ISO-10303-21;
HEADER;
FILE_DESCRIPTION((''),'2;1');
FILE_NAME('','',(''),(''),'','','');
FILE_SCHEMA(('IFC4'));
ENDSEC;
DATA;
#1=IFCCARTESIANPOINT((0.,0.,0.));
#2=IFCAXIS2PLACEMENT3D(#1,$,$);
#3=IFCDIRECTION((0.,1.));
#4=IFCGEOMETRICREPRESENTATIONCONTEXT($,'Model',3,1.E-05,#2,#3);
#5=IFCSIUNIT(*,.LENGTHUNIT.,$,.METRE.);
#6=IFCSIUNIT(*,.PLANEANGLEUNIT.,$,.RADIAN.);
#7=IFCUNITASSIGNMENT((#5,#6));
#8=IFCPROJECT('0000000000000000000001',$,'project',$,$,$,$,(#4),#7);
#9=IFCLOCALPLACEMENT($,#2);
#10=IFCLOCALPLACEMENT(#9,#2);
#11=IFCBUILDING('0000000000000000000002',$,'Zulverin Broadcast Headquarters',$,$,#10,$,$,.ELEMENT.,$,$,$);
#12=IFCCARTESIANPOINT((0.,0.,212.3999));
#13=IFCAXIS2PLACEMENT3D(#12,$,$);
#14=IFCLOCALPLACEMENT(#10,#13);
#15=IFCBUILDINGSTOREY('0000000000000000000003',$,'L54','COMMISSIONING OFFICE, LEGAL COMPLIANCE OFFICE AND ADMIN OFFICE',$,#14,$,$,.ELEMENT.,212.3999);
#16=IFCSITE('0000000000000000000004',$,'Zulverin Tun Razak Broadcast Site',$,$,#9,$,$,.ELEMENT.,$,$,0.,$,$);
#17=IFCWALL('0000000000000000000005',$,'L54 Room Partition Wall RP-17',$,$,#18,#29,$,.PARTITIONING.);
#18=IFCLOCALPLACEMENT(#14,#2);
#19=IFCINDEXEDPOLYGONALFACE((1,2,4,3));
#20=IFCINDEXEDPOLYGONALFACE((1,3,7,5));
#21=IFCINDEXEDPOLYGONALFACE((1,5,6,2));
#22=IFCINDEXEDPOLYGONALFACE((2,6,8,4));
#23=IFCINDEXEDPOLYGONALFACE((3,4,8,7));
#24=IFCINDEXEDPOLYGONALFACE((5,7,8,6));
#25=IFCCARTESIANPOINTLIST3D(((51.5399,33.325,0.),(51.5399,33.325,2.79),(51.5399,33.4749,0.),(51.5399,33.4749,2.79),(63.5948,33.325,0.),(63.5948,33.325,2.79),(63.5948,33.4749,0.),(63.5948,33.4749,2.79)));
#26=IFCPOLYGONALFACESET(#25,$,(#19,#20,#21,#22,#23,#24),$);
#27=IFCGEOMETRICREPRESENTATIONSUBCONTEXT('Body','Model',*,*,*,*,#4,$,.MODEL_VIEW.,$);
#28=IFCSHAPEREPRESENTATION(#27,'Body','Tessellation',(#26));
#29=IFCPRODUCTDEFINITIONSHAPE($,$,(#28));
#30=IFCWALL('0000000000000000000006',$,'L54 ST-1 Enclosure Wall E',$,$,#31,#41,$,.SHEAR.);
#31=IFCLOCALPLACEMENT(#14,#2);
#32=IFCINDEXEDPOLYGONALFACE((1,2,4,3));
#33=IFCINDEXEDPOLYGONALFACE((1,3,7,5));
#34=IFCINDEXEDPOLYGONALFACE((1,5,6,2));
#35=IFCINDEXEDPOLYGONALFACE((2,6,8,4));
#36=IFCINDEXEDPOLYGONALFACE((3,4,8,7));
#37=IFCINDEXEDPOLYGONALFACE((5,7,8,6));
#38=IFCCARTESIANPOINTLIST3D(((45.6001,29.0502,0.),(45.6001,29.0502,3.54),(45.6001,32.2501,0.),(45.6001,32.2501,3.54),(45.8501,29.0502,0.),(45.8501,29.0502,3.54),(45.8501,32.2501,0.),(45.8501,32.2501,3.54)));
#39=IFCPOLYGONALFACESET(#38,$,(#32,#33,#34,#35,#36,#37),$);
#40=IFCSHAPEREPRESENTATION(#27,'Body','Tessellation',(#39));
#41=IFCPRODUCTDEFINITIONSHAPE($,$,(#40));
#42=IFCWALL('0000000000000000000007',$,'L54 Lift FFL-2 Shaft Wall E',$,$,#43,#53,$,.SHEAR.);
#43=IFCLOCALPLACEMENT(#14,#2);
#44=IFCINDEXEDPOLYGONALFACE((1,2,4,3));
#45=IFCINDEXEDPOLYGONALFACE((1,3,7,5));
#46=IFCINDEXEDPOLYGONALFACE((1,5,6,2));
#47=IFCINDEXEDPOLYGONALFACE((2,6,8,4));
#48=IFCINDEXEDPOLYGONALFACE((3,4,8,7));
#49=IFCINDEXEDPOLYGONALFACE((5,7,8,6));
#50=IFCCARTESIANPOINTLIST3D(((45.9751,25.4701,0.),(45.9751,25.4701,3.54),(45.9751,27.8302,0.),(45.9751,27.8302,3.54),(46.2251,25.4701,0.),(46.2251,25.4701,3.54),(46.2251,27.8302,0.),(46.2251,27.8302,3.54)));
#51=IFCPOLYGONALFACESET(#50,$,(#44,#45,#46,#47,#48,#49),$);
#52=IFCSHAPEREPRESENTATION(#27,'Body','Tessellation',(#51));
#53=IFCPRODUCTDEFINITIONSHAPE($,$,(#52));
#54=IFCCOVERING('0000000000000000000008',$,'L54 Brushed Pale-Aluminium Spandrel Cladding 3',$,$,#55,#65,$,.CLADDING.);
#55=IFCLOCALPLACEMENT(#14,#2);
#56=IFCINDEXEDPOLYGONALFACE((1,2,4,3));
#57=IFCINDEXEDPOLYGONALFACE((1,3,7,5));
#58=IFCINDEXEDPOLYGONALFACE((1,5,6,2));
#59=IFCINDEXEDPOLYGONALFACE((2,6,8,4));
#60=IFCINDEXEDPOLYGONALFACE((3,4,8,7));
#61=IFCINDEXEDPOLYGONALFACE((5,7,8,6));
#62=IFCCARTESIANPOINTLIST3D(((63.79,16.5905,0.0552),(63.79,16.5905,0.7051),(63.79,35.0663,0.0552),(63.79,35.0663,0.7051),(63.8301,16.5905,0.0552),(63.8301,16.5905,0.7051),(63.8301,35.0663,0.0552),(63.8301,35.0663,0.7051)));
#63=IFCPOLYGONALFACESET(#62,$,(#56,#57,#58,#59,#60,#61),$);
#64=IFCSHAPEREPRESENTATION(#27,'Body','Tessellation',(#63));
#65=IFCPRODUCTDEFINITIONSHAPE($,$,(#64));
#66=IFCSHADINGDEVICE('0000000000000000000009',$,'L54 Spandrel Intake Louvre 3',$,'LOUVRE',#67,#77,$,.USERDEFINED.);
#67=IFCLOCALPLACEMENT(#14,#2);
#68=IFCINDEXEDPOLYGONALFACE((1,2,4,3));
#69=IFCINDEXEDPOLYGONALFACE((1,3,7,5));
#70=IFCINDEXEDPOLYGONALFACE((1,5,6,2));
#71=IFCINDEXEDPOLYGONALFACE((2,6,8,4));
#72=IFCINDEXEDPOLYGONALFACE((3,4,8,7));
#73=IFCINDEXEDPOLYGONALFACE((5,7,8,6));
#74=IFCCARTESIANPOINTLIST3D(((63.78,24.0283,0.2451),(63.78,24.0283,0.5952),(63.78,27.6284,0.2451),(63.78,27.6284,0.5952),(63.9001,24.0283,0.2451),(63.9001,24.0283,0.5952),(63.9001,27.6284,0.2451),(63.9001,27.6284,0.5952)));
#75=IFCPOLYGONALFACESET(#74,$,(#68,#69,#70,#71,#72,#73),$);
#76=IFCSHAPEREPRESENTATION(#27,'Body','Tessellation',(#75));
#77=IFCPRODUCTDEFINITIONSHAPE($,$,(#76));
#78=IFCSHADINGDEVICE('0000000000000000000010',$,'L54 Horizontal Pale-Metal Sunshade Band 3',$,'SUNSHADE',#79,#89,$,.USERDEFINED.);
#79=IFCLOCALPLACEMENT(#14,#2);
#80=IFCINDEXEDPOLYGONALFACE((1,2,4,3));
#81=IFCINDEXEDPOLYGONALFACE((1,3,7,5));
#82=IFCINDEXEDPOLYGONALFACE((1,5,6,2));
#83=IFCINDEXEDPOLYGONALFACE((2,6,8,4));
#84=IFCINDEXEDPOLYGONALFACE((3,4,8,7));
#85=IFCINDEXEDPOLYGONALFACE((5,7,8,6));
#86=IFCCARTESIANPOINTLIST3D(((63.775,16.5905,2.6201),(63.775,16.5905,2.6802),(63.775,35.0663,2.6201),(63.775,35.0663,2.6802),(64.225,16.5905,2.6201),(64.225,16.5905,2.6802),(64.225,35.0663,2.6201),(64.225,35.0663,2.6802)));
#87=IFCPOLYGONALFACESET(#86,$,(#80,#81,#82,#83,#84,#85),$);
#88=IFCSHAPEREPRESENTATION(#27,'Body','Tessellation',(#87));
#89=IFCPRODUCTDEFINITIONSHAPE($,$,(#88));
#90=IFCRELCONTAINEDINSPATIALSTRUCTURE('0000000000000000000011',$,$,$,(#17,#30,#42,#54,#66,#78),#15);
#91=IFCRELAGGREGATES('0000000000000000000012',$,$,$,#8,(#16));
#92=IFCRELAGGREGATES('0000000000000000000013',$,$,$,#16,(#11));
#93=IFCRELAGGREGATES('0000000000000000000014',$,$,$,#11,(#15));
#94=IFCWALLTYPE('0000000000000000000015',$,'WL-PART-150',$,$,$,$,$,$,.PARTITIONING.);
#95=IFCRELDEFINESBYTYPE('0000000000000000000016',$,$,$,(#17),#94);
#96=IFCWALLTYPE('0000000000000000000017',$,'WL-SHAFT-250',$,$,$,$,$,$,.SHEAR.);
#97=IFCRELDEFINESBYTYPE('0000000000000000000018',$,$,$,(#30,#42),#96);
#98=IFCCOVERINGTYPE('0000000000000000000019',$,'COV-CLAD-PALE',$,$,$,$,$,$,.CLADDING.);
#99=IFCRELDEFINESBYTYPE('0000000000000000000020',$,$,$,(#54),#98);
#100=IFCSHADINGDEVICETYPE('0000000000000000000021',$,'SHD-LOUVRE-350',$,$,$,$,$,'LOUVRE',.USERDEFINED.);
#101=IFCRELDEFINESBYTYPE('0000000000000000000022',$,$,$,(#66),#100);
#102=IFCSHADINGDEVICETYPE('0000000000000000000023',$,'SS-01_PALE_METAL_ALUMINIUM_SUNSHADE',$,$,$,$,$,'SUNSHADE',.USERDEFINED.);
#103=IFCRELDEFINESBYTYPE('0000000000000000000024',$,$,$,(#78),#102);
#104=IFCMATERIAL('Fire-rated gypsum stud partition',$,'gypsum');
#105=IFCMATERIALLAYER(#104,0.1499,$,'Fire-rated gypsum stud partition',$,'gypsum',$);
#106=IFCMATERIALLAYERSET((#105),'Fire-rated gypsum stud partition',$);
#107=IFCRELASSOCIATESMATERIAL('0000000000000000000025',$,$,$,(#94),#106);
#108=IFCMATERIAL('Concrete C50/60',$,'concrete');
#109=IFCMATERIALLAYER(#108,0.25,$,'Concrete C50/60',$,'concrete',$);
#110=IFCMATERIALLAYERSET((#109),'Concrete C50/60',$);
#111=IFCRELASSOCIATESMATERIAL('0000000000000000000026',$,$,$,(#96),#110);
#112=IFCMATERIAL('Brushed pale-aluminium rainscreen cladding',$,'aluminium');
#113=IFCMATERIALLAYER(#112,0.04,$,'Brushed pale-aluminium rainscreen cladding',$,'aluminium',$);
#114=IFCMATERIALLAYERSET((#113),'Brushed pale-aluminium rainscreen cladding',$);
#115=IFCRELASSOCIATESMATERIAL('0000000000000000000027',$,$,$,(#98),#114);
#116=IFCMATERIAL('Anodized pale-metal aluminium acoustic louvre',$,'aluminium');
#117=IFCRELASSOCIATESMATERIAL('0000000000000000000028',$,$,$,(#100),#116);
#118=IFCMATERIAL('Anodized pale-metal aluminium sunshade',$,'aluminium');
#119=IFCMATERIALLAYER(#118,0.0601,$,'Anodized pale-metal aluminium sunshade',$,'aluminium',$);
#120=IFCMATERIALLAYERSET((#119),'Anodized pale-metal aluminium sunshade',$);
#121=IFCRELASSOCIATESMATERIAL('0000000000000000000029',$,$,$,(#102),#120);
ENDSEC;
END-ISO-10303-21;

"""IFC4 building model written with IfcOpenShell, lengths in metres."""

from ifc_helpers import new_model, si_unit, direction, frame, frame_2d, origin, origin_2d, place, context, subcontext, project, spatial, rectangle, extrude, material, layer, layer_set, type_object, element, save


model = new_model("IFC4")

# Units and contexts
model_context = context("Model", 3, precision=1e-05, world=origin(), true_north=direction((0.0, 1.0)))
body_context = subcontext(model_context, "Body", "Model", "MODEL_VIEW")
ifc_project = project(units=[si_unit("LENGTHUNIT", "METRE"), si_unit("PLANEANGLEUNIT", "RADIAN")], contexts=[model_context])

# Site, building, storey
site_placement = place(None, origin())
site = spatial("IfcSite", under=ifc_project, at=site_placement, Name="Zulverin Tun Razak Broadcast Site", CompositionType="ELEMENT", RefElevation=0.0)
building_placement = place(site_placement, origin())
building = spatial("IfcBuilding", under=site, at=building_placement, Name="Zulverin Broadcast Headquarters", CompositionType="ELEMENT")
storey_placement = place(building_placement, frame((0.0, 0.0, 212.3999)))
storey = spatial("IfcBuildingStorey", under=building, at=storey_placement, Name="L54", Description="COMMISSIONING OFFICE, LEGAL COMPLIANCE OFFICE AND ADMIN OFFICE", CompositionType="ELEMENT", Elevation=212.3999)

# Shared definitions
ifc_material_1 = material(Name="Concrete C50/60", Category="concrete")

# Shared definitions
ifc_material_2 = material(Name="Fire-rated gypsum stud partition", Category="gypsum")
ifc_layer_1 = layer(ifc_material_2, 0.1499, Name="Fire-rated gypsum stud partition", Category="gypsum")
ifc_layer_set_1 = layer_set([ifc_layer_1], Name="Fire-rated gypsum stud partition")
wall_type_1 = type_object("IfcWallType", Name="WL-PART-150", PredefinedType="PARTITIONING", material=ifc_layer_set_1)

# Walls
wall_1_placement = place(storey_placement, frame((51.54, 33.3999, 0.0), z_axis=(0.0, 0.0, 1.0), x_axis=(1.0, 0.0, 0.0)))
element("IfcWall", 1, at=wall_1_placement, inside=storey, type_object=wall_type_1, Name="L54 Room Partition Wall RP-17", PredefinedType="PARTITIONING", context=body_context, shape_type="SweptSolid", body=[
    extrude(rectangle(XDim=12.0549, YDim=0.1499, at=frame_2d((6.0273, 0.0))), origin(), (0.0, 0.0, 1.0), 2.79),
])
ifc_layer_2 = layer(ifc_material_1, 0.25, Name="Concrete C50/60", Category="concrete")
ifc_layer_set_2 = layer_set([ifc_layer_2], Name="Concrete C50/60")
wall_type_2 = type_object("IfcWallType", Name="WL-SHAFT-250", PredefinedType="SHEAR", material=ifc_layer_set_2)
wall_2_placement = place(storey_placement, frame((45.7251, 29.05, 0.0), z_axis=(0.0, 0.0, 1.0), x_axis=(0.0, 1.0, 0.0)))
element("IfcWall", 2, at=wall_2_placement, inside=storey, type_object=wall_type_2, Name="L54 ST-1 Enclosure Wall E", PredefinedType="SHEAR", context=body_context, shape_type="SweptSolid", body=[
    extrude(rectangle(XDim=3.2, YDim=0.25, at=frame_2d((1.6001, 0.0))), origin(), (0.0, 0.0, 1.0), 3.54),
])
wall_3_placement = place(storey_placement, frame((46.1001, 25.47, 0.0), z_axis=(0.0, 0.0, 1.0), x_axis=(0.0, 1.0, 0.0)))
element("IfcWall", 3, at=wall_3_placement, inside=storey, type_object=wall_type_2, Name="L54 Lift FFL-2 Shaft Wall E", PredefinedType="SHEAR", context=body_context, shape_type="SweptSolid", body=[
    extrude(rectangle(XDim=2.3601, YDim=0.25, at=frame_2d((1.1802, 0.0))), origin(), (0.0, 0.0, 1.0), 3.54),
])

# Covering
ifc_material_3 = material(Name="Brushed pale-aluminium rainscreen cladding", Category="aluminium")
ifc_layer_3 = layer(ifc_material_3, 0.04, Name="Brushed pale-aluminium rainscreen cladding", Category="aluminium")
ifc_layer_set_3 = layer_set([ifc_layer_3], Name="Brushed pale-aluminium rainscreen cladding")
covering_type = type_object("IfcCoveringType", Name="COV-CLAD-PALE", PredefinedType="CLADDING", material=ifc_layer_set_3)
covering_placement = place(storey_placement, frame((63.8101, 25.8284, 0.0552), z_axis=(0.0, 0.0, 1.0), x_axis=(0.0, 1.0, 0.0)))
element("IfcCovering", 4, at=covering_placement, inside=storey, type_object=covering_type, Name="L54 Brushed Pale-Aluminium Spandrel Cladding 3", PredefinedType="CLADDING", context=body_context, shape_type="SweptSolid", body=[
    extrude(rectangle(XDim=18.4758, YDim=0.04, at=origin_2d()), origin(), (0.0, 0.0, 1.0), 0.6499),
])

# Shading devices
ifc_material_4 = material(Name="Anodized pale-metal aluminium acoustic louvre", Category="aluminium")
shading_device_type_1 = type_object("IfcShadingDeviceType", Name="SHD-LOUVRE-350", ElementType="LOUVRE", PredefinedType="USERDEFINED", material=ifc_material_4)
shading_device_1_placement = place(storey_placement, frame((63.8401, 25.8284, 0.2451), z_axis=(0.0, 0.0, 1.0), x_axis=(0.0, 1.0, 0.0)))
element("IfcShadingDevice", 5, at=shading_device_1_placement, inside=storey, type_object=shading_device_type_1, Name="L54 Spandrel Intake Louvre 3", ObjectType="LOUVRE", PredefinedType="USERDEFINED", context=body_context, shape_type="SweptSolid", body=[
    extrude(rectangle(XDim=3.6001, YDim=0.1201, at=origin_2d()), origin(), (0.0, 0.0, 1.0), 0.3501),
])
ifc_material_5 = material(Name="Anodized pale-metal aluminium sunshade", Category="aluminium")
ifc_layer_4 = layer(ifc_material_5, 0.0601, Name="Anodized pale-metal aluminium sunshade", Category="aluminium")
ifc_layer_set_4 = layer_set([ifc_layer_4], Name="Anodized pale-metal aluminium sunshade")
shading_device_type_2 = type_object("IfcShadingDeviceType", Name="SS-01_PALE_METAL_ALUMINIUM_SUNSHADE", ElementType="SUNSHADE", PredefinedType="USERDEFINED", material=ifc_layer_set_4)
shading_device_2_placement = place(storey_placement, frame((64.0, 25.8284, 2.6201), z_axis=(0.0, 0.0, 1.0), x_axis=(0.0, 1.0, 0.0)))
element("IfcShadingDevice", 6, at=shading_device_2_placement, inside=storey, type_object=shading_device_type_2, Name="L54 Horizontal Pale-Metal Sunshade Band 3", ObjectType="SUNSHADE", PredefinedType="USERDEFINED", context=body_context, shape_type="SweptSolid", body=[
    extrude(rectangle(XDim=18.4758, YDim=0.45, at=origin_2d()), origin(), (0.0, 0.0, 1.0), 0.0601),
])

save(model, "model.ifc")
